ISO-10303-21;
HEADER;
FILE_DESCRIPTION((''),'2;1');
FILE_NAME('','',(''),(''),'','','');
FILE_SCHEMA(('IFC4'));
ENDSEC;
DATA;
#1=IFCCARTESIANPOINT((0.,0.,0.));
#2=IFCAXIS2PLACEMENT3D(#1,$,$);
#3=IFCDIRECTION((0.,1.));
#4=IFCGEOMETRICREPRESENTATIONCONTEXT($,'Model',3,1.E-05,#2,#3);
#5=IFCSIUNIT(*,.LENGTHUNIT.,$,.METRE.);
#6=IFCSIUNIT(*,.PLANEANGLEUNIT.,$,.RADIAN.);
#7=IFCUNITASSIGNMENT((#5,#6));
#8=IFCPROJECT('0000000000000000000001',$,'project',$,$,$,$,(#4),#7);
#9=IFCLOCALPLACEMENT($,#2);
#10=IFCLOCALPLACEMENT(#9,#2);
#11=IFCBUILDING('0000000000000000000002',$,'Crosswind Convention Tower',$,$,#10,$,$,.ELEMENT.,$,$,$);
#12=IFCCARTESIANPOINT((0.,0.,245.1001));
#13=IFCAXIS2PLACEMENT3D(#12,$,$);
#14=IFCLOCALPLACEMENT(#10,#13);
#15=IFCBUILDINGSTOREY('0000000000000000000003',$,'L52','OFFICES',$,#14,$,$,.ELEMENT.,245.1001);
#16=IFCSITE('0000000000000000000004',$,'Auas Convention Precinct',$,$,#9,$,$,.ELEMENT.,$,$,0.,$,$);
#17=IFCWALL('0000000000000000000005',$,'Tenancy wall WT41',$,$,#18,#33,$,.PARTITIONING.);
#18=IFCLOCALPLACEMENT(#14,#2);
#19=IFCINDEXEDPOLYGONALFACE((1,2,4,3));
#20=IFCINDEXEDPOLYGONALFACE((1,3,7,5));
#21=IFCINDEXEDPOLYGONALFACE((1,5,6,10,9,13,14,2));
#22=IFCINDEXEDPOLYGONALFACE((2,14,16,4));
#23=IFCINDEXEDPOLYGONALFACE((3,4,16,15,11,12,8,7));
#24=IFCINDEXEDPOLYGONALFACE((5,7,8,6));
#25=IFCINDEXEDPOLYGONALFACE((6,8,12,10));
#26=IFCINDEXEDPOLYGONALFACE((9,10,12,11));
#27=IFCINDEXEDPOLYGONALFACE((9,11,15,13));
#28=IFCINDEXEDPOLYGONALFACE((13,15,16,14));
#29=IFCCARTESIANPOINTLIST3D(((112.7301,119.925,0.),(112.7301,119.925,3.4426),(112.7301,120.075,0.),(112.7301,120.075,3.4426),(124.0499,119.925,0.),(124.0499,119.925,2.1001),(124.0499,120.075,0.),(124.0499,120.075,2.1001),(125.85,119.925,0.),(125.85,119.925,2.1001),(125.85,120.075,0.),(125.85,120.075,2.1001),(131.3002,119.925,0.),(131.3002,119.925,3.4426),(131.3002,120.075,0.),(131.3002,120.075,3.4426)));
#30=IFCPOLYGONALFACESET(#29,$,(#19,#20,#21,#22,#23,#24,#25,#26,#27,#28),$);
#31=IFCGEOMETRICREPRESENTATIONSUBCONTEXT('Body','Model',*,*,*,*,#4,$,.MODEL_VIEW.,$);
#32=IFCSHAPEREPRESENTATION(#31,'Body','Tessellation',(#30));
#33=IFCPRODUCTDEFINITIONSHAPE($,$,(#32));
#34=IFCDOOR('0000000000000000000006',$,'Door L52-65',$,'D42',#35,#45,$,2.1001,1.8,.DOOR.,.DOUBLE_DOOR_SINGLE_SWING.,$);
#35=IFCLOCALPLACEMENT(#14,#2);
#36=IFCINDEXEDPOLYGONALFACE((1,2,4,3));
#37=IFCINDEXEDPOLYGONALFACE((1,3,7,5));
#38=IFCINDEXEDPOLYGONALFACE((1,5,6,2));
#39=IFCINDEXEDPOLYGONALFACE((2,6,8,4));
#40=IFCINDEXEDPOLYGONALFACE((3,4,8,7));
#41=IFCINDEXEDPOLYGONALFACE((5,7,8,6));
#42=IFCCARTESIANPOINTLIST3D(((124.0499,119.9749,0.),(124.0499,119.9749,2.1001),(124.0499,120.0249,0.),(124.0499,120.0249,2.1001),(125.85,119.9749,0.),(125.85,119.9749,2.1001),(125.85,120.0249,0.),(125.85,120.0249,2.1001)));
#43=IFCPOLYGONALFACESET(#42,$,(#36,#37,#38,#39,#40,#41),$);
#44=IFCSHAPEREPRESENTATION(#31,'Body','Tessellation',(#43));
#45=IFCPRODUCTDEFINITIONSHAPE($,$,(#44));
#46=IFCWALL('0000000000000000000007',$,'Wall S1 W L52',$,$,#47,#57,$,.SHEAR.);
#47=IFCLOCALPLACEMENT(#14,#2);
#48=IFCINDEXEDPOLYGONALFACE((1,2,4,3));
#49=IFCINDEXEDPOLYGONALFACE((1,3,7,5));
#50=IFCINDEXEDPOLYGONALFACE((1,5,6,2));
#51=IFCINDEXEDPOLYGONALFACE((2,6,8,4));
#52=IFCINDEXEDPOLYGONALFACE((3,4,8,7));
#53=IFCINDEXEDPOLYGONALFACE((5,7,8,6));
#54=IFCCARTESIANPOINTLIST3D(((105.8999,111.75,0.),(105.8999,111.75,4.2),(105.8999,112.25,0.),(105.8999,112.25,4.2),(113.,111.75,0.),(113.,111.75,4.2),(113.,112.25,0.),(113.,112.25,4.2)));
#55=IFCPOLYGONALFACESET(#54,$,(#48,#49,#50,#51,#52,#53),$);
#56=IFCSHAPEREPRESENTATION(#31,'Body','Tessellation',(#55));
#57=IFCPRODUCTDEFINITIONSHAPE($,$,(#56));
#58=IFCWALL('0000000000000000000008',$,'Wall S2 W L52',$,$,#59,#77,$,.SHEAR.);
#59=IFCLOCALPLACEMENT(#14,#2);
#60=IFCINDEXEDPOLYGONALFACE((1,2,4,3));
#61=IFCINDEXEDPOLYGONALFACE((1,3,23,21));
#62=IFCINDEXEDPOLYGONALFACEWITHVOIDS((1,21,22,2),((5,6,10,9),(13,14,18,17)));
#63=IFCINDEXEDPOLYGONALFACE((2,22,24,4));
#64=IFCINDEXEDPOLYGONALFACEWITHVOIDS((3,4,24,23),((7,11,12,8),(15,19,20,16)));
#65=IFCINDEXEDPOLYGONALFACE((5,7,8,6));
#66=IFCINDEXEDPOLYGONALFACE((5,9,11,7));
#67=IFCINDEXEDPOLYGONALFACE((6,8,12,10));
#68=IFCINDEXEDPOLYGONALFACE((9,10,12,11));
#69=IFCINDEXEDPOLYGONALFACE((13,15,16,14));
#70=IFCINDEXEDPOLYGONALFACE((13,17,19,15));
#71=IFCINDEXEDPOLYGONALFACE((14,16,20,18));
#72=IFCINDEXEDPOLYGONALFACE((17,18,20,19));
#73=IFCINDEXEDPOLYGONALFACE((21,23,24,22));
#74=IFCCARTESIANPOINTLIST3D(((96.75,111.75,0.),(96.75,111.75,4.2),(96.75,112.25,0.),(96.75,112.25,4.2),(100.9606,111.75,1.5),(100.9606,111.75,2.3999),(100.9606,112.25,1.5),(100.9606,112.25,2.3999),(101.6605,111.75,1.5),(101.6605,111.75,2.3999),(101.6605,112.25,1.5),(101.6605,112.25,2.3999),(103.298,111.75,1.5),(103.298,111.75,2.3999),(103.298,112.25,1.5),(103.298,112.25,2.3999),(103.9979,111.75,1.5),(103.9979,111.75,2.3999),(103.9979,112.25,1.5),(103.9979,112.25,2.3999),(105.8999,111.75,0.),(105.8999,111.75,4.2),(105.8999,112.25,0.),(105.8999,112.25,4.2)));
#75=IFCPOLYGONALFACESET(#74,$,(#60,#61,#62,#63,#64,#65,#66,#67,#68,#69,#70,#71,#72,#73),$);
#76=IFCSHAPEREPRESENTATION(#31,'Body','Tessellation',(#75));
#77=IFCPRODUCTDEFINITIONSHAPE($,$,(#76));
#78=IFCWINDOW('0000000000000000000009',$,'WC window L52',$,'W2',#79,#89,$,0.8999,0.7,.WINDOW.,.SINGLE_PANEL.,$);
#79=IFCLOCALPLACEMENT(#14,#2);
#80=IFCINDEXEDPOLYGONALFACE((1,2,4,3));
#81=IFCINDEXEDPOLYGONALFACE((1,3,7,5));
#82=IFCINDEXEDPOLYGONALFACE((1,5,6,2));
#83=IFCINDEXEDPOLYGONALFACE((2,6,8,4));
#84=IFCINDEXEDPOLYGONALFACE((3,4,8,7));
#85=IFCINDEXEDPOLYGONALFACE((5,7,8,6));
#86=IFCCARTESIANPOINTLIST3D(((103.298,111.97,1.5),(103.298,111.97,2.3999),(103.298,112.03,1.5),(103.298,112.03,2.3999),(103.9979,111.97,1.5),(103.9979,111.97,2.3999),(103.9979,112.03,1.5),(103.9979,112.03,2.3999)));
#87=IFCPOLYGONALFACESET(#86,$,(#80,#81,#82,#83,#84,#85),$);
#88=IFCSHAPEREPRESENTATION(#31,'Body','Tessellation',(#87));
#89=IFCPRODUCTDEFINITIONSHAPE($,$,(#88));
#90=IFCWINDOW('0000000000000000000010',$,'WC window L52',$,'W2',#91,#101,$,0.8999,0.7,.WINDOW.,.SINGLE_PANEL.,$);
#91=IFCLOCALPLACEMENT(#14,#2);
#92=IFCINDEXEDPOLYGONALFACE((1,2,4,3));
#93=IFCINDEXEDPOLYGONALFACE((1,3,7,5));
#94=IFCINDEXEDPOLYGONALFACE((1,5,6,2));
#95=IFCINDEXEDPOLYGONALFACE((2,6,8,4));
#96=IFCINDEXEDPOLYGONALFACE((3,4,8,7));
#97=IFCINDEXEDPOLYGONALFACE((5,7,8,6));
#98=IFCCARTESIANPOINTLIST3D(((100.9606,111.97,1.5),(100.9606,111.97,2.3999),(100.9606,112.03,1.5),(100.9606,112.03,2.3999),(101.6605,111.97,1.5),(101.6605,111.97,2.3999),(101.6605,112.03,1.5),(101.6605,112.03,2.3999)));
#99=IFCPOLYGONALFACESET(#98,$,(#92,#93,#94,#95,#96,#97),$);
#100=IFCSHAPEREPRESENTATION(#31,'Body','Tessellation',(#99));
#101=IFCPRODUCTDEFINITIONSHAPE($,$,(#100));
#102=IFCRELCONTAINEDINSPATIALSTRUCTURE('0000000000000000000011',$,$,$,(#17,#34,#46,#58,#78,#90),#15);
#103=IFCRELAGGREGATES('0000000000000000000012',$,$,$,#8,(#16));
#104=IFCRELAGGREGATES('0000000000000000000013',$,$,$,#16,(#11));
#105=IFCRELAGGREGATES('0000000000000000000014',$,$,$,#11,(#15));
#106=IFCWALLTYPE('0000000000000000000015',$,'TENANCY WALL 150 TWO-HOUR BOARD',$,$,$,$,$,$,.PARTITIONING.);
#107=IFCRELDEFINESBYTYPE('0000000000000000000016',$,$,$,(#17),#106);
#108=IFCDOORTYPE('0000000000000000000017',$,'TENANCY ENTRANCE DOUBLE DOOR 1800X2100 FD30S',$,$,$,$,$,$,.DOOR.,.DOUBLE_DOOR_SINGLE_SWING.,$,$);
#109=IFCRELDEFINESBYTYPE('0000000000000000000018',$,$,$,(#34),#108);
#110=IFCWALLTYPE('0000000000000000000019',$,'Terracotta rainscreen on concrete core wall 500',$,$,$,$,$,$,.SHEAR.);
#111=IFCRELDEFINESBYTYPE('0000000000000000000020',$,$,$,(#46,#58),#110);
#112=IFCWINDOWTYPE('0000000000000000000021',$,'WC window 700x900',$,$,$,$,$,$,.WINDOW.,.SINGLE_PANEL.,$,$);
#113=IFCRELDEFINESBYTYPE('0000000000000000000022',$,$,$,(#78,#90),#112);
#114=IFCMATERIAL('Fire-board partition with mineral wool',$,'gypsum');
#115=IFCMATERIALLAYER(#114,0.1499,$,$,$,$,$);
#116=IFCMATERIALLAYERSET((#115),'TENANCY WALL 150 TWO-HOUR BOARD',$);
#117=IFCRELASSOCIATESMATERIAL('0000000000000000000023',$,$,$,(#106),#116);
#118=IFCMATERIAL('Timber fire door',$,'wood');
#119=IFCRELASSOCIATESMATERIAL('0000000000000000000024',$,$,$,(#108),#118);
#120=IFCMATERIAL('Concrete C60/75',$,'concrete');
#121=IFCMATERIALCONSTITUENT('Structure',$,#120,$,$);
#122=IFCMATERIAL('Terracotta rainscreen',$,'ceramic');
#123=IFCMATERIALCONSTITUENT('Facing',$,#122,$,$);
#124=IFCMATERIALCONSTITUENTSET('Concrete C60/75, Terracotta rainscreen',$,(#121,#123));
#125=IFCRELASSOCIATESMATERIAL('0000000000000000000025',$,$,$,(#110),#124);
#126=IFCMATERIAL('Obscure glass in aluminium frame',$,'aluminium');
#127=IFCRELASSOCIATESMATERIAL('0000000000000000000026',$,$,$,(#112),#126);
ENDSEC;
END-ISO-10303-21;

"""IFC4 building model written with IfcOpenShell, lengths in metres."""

from ifc_helpers import new_model, si_unit, direction, frame, frame_2d, origin, place, context, subcontext, project, spatial, rectangle, extrude, material, layer, layer_set, constituent, constituent_set, type_object, element, fill, save


model = new_model("IFC4")

# Units and contexts
model_context = context("Model", 3, precision=1e-05, world=origin(), true_north=direction((0.0, 1.0)))
body_context = subcontext(model_context, "Body", "Model", "MODEL_VIEW")
ifc_project = project(units=[si_unit("LENGTHUNIT", "METRE"), si_unit("PLANEANGLEUNIT", "RADIAN")], contexts=[model_context])

# Site, building, storey
site_placement = place(None, origin())
site = spatial("IfcSite", under=ifc_project, at=site_placement, Name="Auas Convention Precinct", CompositionType="ELEMENT", RefElevation=0.0)
building_placement = place(site_placement, origin())
building = spatial("IfcBuilding", under=site, at=building_placement, Name="Crosswind Convention Tower", CompositionType="ELEMENT")
storey_placement = place(building_placement, frame((0.0, 0.0, 245.1001)))
storey = spatial("IfcBuildingStorey", under=building, at=storey_placement, Name="L52", Description="OFFICES", CompositionType="ELEMENT", Elevation=245.1001)

# Shared definitions
ifc_material_1 = material(Name="Concrete C60/75", Category="concrete")

# Wall, opening, door
ifc_material_2 = material(Name="Fire-board partition with mineral wool", Category="gypsum")
ifc_layer_1 = layer(ifc_material_2, 0.1499)
ifc_layer_set_1 = layer_set([ifc_layer_1], Name="TENANCY WALL 150 TWO-HOUR BOARD")
wall_type_1 = type_object("IfcWallType", Name="TENANCY WALL 150 TWO-HOUR BOARD", PredefinedType="PARTITIONING", material=ifc_layer_set_1)
wall_1_placement = place(storey_placement, frame((112.73, 120.0, 0.0), z_axis=(0.0, 0.0, 1.0), x_axis=(1.0, 0.0, 0.0)))
wall_1 = element("IfcWall", 1, at=wall_1_placement, inside=storey, type_object=wall_type_1, Name="Tenancy wall WT41", PredefinedType="PARTITIONING", context=body_context, shape_type="SweptSolid", body=[
    extrude(rectangle(XDim=18.5701, YDim=0.1499, at=frame_2d((9.2852, 0.0))), origin(), (0.0, 0.0, 1.0), 3.4426),
])
opening_1_placement = place(wall_1_placement, frame((11.3201, 0.0, 0.0)))
opening_1 = element("IfcOpeningElement", 2, at=opening_1_placement, cuts=wall_1, PredefinedType="OPENING", context=body_context, shape_type="SweptSolid", body=[
    extrude(rectangle(XDim=1.8, YDim=2.1001, at=frame_2d((0.8999, 1.05))), frame((0.0, 0.085, 0.0), z_axis=(0.0, -1.0, 0.0), x_axis=(1.0, 0.0, 0.0)), (0.0, 0.0, 1.0), 0.1699),
])
ifc_material_3 = material(Name="Timber fire door", Category="wood")
door_type_1 = type_object("IfcDoorType", Name="TENANCY ENTRANCE DOUBLE DOOR 1800X2100 FD30S", OperationType="DOUBLE_DOOR_SINGLE_SWING", PredefinedType="DOOR", material=ifc_material_3)
door_1_placement = place(opening_1_placement, origin())
door_1 = element("IfcDoor", 3, at=door_1_placement, inside=storey, type_object=door_type_1, Name="Door L52-65", ObjectType="D42", OperationType="DOUBLE_DOOR_SINGLE_SWING", OverallHeight=2.1001, OverallWidth=1.8, PredefinedType="DOOR", context=body_context, shape_type="SweptSolid", body=[
    extrude(rectangle(XDim=1.8, YDim=2.1001, at=frame_2d((0.8999, 1.05))), frame((0.0, 0.0249, 0.0), z_axis=(0.0, -1.0, 0.0), x_axis=(1.0, 0.0, 0.0)), (0.0, 0.0, 1.0), 0.05),
])
fill(opening_1, door_1)
ifc_material_4 = material(Name="Terracotta rainscreen", Category="ceramic")

# Wall
ifc_constituent_1 = constituent(ifc_material_1, Name="Structure")
ifc_constituent_2 = constituent(ifc_material_4, Name="Facing")
ifc_constituent_set = constituent_set(constituents=[ifc_constituent_1, ifc_constituent_2], Name="Concrete C60/75, Terracotta rainscreen")
wall_type_2 = type_object("IfcWallType", Name="Terracotta rainscreen on concrete core wall 500", PredefinedType="SHEAR", material=ifc_constituent_set)
wall_2_placement = place(storey_placement, frame((113.0, 112.0, 0.0), z_axis=(0.0, 0.0, 1.0), x_axis=(-1.0, 0.0, 0.0)))
element("IfcWall", 4, at=wall_2_placement, inside=storey, type_object=wall_type_2, Name="Wall S1 W L52", PredefinedType="SHEAR", context=body_context, shape_type="SweptSolid", body=[
    extrude(rectangle(XDim=7.1001, YDim=0.5, at=frame_2d((3.55, 0.0))), origin(), (0.0, 0.0, 1.0), 4.2),
])

# Wall, openings, windows
wall_3_placement = place(storey_placement, frame((105.8999, 112.0, 0.0), z_axis=(0.0, 0.0, 1.0), x_axis=(-1.0, 0.0, 0.0)))
wall_3 = element("IfcWall", 5, at=wall_3_placement, inside=storey, type_object=wall_type_2, Name="Wall S2 W L52", PredefinedType="SHEAR", context=body_context, shape_type="SweptSolid", body=[
    extrude(rectangle(XDim=9.1499, YDim=0.5, at=frame_2d((4.575, 0.0))), origin(), (0.0, 0.0, 1.0), 4.2),
])
opening_2_placement = place(wall_3_placement, frame((1.9019, 0.0, 1.5)))
opening_2 = element("IfcOpeningElement", 6, at=opening_2_placement, cuts=wall_3, PredefinedType="OPENING", context=body_context, shape_type="SweptSolid", body=[
    extrude(rectangle(XDim=0.7, YDim=0.8999, at=frame_2d((0.3501, 0.45))), frame((0.0, 0.26, 0.0), z_axis=(0.0, -1.0, 0.0), x_axis=(1.0, 0.0, 0.0)), (0.0, 0.0, 1.0), 0.52),
])
opening_3_placement = place(wall_3_placement, frame((4.2393, 0.0, 1.5)))
opening_3 = element("IfcOpeningElement", 7, at=opening_3_placement, cuts=wall_3, PredefinedType="OPENING", context=body_context, shape_type="SweptSolid", body=[
    extrude(rectangle(XDim=0.7, YDim=0.8999, at=frame_2d((0.3501, 0.45))), frame((0.0, 0.26, 0.0), z_axis=(0.0, -1.0, 0.0), x_axis=(1.0, 0.0, 0.0)), (0.0, 0.0, 1.0), 0.52),
])
ifc_material_5 = material(Name="Obscure glass in aluminium frame", Category="aluminium")
window_type = type_object("IfcWindowType", Name="WC window 700x900", PartitioningType="SINGLE_PANEL", PredefinedType="WINDOW", material=ifc_material_5)
window_1_placement = place(opening_2_placement, origin())
window_1 = element("IfcWindow", 8, at=window_1_placement, inside=storey, type_object=window_type, Name="WC window L52", ObjectType="W2", OverallHeight=0.8999, OverallWidth=0.7, PartitioningType="SINGLE_PANEL", PredefinedType="WINDOW", context=body_context, shape_type="SweptSolid", body=[
    extrude(rectangle(XDim=0.7, YDim=0.8999, at=frame_2d((0.3501, 0.45))), frame((0.0, 0.03, 0.0), z_axis=(0.0, -1.0, 0.0), x_axis=(1.0, 0.0, 0.0)), (0.0, 0.0, 1.0), 0.0601),
])
fill(opening_2, window_1)
window_2_placement = place(opening_3_placement, origin())
window_2 = element("IfcWindow", 9, at=window_2_placement, inside=storey, type_object=window_type, Name="WC window L52", ObjectType="W2", OverallHeight=0.8999, OverallWidth=0.7, PartitioningType="SINGLE_PANEL", PredefinedType="WINDOW", context=body_context, shape_type="SweptSolid", body=[
    extrude(rectangle(XDim=0.7, YDim=0.8999, at=frame_2d((0.3501, 0.45))), frame((0.0, 0.03, 0.0), z_axis=(0.0, -1.0, 0.0), x_axis=(1.0, 0.0, 0.0)), (0.0, 0.0, 1.0), 0.0601),
])
fill(opening_3, window_2)

save(model, "model.ifc")
